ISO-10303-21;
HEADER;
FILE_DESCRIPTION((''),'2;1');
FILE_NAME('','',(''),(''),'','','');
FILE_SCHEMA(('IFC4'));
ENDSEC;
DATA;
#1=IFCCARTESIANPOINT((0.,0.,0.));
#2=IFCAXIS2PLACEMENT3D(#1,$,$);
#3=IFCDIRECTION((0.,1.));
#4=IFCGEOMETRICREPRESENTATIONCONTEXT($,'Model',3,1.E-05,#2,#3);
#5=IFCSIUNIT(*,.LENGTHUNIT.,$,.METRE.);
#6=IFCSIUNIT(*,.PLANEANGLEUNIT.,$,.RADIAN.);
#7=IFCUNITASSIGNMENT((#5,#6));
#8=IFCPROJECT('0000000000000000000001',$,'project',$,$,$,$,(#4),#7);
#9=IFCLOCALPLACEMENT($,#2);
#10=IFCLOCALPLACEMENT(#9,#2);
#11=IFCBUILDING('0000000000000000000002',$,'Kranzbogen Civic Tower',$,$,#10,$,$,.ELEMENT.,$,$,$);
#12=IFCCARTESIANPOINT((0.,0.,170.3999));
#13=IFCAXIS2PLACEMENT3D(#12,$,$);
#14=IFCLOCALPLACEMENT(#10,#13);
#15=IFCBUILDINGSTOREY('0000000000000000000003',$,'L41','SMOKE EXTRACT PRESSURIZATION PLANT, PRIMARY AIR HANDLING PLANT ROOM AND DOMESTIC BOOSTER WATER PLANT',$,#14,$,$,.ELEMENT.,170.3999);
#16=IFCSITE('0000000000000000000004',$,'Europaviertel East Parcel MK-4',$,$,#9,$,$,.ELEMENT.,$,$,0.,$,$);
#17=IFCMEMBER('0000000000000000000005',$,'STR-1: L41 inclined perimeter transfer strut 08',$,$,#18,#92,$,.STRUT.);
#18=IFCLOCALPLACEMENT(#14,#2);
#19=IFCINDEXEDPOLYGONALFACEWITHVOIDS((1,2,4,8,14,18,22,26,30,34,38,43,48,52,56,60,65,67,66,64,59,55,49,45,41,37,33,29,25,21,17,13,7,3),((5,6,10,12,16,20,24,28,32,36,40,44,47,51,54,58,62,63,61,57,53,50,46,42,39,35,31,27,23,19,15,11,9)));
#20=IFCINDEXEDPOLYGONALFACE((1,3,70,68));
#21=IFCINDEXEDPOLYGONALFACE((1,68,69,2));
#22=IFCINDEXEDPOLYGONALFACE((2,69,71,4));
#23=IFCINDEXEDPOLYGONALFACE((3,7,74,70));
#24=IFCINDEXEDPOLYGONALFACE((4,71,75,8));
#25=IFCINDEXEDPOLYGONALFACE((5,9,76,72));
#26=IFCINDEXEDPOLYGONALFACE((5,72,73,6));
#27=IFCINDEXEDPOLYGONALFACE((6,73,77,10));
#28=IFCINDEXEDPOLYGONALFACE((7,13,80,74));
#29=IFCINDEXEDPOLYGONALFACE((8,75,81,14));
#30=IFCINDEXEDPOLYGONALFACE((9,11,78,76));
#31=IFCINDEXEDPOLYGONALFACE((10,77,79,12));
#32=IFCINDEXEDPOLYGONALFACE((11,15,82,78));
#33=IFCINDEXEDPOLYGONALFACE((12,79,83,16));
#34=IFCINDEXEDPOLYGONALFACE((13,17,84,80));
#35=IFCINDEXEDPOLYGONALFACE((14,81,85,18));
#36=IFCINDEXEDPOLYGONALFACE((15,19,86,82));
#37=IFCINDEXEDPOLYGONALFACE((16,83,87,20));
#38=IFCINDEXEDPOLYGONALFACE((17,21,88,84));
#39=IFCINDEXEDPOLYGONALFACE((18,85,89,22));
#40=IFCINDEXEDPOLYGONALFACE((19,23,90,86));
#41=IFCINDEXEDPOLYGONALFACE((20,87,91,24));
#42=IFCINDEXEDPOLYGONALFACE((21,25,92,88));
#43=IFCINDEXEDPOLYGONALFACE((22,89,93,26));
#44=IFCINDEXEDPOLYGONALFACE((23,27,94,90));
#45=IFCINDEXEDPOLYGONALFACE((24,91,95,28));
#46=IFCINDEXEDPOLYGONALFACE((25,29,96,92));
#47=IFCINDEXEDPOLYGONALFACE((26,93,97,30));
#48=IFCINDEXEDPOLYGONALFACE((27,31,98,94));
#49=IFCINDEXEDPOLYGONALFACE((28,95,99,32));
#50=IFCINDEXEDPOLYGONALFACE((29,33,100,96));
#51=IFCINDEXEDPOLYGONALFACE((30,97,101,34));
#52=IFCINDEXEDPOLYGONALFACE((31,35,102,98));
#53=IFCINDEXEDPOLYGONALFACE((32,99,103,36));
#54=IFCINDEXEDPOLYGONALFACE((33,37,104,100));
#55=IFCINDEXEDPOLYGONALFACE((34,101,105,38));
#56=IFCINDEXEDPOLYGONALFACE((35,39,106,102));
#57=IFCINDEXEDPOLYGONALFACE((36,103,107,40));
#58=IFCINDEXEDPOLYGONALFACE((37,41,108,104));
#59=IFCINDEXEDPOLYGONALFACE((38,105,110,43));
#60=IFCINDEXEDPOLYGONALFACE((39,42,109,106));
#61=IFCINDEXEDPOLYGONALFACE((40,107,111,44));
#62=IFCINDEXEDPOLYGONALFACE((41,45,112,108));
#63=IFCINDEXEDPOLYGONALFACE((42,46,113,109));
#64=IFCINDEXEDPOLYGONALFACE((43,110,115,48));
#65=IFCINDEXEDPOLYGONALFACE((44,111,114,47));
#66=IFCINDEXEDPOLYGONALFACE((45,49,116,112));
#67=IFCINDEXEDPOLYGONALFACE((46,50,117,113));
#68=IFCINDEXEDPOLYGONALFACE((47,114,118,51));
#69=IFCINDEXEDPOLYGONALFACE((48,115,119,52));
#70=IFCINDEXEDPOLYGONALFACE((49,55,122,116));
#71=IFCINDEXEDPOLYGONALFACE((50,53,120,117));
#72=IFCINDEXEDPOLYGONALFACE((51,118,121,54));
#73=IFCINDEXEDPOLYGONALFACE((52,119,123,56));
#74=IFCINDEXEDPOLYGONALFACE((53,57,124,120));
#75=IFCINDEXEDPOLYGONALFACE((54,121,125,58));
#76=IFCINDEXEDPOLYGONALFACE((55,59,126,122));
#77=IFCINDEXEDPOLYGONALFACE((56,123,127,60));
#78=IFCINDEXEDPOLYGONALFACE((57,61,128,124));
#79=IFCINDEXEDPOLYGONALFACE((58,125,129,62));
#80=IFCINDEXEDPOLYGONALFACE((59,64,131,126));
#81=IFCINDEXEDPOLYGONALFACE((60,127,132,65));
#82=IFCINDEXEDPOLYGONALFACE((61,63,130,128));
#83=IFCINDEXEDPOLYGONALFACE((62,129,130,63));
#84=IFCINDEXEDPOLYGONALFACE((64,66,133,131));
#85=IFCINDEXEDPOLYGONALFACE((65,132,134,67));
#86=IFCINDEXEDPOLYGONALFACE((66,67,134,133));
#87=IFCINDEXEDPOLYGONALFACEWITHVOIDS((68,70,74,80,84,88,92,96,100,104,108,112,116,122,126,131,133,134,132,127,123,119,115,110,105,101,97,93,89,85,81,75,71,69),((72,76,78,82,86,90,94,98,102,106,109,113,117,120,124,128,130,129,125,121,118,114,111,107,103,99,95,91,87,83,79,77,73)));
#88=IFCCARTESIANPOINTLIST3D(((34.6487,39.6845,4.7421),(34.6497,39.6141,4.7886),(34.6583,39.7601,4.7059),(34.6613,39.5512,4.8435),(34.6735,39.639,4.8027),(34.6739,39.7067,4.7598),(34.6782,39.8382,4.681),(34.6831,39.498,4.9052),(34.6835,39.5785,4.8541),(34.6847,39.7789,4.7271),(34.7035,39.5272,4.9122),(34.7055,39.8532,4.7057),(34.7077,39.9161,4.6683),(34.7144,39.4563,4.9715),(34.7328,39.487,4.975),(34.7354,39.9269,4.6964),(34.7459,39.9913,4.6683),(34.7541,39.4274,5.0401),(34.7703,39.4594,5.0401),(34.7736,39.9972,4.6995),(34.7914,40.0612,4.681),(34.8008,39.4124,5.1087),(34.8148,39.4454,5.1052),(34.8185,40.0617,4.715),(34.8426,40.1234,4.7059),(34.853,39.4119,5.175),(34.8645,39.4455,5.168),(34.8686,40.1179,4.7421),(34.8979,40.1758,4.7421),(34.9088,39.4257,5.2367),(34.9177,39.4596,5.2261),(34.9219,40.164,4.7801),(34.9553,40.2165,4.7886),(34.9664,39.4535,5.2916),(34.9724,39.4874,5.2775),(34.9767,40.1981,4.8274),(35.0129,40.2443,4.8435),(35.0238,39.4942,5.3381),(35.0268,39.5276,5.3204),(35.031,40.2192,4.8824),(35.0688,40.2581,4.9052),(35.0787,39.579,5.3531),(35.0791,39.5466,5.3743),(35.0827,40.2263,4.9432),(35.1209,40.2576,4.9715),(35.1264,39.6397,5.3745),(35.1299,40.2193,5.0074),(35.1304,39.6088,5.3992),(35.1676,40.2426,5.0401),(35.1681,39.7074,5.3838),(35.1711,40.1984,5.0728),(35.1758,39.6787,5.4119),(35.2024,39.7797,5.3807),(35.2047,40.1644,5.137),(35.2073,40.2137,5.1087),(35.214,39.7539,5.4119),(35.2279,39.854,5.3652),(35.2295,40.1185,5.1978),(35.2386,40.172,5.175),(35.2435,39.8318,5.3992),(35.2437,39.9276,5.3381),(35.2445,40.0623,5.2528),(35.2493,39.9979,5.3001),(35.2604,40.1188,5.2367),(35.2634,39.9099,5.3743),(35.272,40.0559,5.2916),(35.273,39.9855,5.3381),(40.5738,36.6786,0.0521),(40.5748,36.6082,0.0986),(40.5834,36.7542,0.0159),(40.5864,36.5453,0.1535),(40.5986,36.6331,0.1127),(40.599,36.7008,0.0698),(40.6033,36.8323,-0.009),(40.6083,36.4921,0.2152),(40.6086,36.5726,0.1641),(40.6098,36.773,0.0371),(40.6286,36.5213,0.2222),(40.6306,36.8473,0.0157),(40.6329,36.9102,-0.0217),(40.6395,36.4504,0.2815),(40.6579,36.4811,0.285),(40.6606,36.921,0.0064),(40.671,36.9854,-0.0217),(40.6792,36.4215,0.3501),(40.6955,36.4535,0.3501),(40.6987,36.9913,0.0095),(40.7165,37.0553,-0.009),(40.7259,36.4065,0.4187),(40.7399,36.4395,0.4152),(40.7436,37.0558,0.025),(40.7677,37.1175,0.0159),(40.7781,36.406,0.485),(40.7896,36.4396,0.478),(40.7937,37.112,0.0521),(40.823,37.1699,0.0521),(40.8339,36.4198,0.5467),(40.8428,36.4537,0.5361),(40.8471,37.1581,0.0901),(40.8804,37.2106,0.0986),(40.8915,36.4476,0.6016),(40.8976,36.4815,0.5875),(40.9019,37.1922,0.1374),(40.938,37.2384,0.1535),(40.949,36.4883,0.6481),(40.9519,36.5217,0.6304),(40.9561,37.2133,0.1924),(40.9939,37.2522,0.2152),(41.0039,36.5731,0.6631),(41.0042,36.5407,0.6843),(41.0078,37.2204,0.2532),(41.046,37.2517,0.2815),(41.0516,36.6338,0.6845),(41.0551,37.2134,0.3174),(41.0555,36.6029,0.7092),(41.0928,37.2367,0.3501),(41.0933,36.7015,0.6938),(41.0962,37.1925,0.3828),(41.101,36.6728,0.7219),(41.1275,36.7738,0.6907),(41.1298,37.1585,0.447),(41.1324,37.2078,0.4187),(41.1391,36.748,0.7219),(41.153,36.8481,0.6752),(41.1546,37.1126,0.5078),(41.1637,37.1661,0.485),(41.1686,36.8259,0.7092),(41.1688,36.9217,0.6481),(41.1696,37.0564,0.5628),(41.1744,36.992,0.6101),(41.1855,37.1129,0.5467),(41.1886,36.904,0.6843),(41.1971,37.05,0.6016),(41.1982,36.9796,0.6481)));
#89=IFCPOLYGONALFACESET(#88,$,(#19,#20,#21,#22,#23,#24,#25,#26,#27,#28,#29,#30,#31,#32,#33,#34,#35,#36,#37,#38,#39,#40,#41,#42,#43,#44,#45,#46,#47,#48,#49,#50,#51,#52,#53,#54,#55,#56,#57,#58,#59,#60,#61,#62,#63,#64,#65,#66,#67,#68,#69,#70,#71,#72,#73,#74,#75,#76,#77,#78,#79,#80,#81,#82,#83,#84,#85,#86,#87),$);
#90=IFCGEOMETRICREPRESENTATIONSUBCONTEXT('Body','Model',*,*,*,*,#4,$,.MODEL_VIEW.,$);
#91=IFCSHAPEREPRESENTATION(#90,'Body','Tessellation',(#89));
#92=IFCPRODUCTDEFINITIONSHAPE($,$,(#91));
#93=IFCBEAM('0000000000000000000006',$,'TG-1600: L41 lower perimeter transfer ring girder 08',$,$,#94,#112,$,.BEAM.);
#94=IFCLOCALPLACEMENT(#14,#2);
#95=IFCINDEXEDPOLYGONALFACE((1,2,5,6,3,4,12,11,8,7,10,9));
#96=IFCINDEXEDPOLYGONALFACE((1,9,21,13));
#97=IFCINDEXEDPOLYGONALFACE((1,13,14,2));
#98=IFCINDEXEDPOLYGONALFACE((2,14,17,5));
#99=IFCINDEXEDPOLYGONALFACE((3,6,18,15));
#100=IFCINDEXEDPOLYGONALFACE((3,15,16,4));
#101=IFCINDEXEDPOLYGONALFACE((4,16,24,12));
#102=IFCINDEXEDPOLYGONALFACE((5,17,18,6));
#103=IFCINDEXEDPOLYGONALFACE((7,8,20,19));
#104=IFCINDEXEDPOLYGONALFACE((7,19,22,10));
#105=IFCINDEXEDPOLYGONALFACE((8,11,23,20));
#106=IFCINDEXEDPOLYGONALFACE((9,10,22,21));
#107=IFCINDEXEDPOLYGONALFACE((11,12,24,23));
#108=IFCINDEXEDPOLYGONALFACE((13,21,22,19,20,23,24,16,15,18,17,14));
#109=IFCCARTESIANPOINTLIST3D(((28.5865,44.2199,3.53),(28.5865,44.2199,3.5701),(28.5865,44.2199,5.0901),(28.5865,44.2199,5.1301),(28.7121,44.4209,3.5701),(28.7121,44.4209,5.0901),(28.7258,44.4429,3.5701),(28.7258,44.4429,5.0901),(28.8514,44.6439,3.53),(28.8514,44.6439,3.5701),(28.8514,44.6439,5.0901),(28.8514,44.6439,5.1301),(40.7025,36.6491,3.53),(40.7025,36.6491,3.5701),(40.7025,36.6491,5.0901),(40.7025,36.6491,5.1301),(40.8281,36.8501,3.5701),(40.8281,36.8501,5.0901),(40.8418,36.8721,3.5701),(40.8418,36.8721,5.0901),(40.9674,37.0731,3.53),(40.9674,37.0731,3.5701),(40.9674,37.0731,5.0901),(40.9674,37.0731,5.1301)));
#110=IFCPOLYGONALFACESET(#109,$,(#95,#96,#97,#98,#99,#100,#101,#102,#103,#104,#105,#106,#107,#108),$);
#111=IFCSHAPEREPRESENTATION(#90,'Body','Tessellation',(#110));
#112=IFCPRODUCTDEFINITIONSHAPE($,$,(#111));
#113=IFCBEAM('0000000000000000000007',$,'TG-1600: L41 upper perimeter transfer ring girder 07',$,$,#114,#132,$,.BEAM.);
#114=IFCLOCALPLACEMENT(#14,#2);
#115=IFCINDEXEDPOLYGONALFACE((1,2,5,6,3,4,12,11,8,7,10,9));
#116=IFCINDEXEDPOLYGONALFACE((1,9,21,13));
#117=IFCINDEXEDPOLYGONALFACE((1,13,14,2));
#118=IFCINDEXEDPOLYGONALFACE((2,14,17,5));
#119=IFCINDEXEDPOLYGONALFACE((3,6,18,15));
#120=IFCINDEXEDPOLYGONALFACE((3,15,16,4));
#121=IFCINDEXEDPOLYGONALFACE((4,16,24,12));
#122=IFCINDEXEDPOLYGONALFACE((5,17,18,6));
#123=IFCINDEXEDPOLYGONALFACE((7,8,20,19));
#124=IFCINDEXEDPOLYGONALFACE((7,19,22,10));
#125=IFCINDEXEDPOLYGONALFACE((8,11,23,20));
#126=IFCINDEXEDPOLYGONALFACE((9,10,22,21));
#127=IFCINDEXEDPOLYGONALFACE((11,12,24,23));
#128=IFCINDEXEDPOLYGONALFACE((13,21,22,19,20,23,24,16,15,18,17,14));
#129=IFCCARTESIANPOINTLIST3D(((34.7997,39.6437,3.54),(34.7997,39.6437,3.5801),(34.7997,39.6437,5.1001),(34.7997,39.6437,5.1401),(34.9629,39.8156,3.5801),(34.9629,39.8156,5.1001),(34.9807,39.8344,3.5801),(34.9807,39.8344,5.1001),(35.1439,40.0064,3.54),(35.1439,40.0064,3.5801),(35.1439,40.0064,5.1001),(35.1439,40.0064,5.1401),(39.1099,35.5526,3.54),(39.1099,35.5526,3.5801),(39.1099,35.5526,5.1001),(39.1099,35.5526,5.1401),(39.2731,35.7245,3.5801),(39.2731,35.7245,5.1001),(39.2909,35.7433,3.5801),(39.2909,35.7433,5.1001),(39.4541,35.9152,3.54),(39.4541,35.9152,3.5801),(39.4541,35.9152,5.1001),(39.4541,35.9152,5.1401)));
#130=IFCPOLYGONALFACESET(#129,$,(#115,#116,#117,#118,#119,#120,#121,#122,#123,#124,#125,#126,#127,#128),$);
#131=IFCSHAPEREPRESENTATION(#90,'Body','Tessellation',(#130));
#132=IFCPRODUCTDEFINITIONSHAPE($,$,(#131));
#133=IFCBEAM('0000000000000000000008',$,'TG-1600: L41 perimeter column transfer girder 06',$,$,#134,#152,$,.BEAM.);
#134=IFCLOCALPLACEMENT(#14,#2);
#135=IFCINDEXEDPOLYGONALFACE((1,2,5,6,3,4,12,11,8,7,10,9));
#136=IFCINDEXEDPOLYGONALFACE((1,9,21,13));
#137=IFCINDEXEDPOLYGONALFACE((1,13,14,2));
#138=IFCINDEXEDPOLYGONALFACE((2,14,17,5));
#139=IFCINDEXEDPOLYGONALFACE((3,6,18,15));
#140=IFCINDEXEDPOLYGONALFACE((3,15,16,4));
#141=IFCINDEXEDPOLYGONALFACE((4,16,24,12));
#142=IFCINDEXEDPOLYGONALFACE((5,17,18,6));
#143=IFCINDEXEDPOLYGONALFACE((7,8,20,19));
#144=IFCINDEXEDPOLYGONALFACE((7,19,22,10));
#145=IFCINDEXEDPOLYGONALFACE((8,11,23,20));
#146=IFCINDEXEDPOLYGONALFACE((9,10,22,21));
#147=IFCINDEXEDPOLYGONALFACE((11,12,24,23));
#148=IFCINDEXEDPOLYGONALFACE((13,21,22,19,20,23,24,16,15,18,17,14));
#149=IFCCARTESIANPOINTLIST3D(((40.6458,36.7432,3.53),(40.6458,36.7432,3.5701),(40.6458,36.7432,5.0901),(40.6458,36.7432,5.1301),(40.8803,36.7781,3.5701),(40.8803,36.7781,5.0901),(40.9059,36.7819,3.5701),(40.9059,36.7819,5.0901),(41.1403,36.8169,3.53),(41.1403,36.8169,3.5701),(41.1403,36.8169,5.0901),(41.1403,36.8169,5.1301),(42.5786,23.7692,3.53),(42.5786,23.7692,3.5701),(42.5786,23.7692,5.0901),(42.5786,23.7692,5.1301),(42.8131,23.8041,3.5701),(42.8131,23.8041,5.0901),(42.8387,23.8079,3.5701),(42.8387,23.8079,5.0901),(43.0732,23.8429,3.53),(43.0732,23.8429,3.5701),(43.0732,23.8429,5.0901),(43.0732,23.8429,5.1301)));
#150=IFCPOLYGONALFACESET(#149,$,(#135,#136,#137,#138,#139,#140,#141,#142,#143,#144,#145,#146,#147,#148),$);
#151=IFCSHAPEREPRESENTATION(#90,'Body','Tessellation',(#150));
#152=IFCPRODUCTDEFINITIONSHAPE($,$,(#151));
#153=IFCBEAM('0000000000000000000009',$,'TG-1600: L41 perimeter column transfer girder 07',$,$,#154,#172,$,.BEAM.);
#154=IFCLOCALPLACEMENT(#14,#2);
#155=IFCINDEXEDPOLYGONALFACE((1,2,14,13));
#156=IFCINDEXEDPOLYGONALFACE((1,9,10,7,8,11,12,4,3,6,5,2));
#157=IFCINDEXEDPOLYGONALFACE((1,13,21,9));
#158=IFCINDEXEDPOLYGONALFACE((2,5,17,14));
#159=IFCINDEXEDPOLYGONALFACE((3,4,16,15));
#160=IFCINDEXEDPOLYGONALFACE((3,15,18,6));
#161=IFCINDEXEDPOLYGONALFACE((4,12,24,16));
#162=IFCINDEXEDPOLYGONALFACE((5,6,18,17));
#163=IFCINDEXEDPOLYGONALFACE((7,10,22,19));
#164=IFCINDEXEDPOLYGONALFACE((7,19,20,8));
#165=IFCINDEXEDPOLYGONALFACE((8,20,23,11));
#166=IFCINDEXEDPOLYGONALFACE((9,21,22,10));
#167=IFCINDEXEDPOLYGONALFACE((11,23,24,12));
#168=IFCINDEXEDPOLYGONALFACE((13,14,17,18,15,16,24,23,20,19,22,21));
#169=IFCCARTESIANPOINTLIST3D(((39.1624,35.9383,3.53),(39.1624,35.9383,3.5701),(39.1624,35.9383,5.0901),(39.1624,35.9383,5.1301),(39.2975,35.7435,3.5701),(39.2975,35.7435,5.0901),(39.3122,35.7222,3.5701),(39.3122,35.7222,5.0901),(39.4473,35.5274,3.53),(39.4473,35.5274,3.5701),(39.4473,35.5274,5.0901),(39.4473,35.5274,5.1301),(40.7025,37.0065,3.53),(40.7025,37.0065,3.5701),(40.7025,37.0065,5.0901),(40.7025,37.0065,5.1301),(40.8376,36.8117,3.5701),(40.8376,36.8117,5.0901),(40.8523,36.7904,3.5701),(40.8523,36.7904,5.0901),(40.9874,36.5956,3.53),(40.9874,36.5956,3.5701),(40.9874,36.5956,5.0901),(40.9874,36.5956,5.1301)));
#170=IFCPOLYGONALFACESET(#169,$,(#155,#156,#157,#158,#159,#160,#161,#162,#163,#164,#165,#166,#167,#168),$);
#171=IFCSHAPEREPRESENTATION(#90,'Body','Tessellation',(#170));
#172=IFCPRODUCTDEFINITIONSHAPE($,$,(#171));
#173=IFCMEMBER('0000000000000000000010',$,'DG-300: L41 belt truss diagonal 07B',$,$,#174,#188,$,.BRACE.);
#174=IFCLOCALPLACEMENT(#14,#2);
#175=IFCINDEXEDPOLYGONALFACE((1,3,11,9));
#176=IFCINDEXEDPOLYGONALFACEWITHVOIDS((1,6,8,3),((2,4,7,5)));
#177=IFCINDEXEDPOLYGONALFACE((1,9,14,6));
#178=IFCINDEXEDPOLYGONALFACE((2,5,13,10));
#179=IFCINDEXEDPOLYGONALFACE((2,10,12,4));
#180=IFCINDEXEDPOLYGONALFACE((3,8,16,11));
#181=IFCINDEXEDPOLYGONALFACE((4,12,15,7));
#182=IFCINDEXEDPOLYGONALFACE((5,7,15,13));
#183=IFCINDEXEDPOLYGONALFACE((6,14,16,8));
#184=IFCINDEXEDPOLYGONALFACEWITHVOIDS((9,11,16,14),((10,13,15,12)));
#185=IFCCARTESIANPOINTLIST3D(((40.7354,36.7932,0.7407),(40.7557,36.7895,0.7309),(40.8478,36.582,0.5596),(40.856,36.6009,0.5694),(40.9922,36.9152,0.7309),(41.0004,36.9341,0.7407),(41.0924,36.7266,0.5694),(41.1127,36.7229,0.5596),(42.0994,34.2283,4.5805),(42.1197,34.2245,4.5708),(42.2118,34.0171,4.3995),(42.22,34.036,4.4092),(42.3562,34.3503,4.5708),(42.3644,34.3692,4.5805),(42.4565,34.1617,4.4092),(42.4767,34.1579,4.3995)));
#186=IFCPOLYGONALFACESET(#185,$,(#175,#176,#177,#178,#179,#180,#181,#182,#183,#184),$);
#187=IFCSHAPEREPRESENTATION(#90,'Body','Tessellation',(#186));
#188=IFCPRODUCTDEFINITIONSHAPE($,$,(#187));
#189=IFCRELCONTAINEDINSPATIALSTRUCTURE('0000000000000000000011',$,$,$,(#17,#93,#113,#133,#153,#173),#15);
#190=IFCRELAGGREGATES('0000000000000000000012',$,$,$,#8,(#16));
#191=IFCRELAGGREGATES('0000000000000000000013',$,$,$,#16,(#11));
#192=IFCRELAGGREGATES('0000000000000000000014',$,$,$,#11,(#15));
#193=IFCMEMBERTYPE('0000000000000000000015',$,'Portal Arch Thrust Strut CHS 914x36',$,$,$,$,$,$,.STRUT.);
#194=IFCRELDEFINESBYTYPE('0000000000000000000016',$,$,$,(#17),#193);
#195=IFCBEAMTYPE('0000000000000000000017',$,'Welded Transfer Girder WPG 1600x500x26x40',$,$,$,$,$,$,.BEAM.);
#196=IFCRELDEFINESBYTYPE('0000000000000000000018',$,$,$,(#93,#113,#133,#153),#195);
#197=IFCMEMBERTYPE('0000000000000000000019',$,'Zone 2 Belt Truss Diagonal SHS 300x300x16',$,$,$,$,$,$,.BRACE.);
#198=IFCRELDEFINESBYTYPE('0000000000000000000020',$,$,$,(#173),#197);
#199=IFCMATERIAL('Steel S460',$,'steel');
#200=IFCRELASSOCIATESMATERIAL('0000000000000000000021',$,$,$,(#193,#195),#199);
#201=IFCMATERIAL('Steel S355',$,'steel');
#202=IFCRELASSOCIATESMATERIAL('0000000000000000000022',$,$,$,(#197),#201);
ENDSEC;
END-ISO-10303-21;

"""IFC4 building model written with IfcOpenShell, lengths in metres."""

from ifc_helpers import new_model, si_unit, direction, frame, origin, origin_2d, place, context, subcontext, project, spatial, hollow_rectangle, hollow_circle, i_section, extrude, material, material_profile, profile_set, type_object, element, save


model = new_model("IFC4")

# Units and contexts
model_context = context("Model", 3, precision=1e-05, world=origin(), true_north=direction((0.0, 1.0)))
body_context = subcontext(model_context, "Body", "Model", "MODEL_VIEW")
ifc_project = project(units=[si_unit("LENGTHUNIT", "METRE"), si_unit("PLANEANGLEUNIT", "RADIAN")], contexts=[model_context])

# Site, building, storey
site_placement = place(None, origin())
site = spatial("IfcSite", under=ifc_project, at=site_placement, Name="Europaviertel East Parcel MK-4", CompositionType="ELEMENT", RefElevation=0.0)
building_placement = place(site_placement, origin())
building = spatial("IfcBuilding", under=site, at=building_placement, Name="Kranzbogen Civic Tower", CompositionType="ELEMENT")
storey_placement = place(building_placement, frame((0.0, 0.0, 170.3999)))
storey = spatial("IfcBuildingStorey", under=building, at=storey_placement, Name="L41", Description="SMOKE EXTRACT PRESSURIZATION PLANT, PRIMARY AIR HANDLING PLANT ROOM AND DOMESTIC BOOSTER WATER PLANT", CompositionType="ELEMENT", Elevation=170.3999)

# Shared definitions
ifc_material_1 = material(Name="Steel S355", Category="steel")

# Member
ifc_material_2 = material(Name="Steel S460", Category="steel")
ifc_material_profile_1 = material_profile(ifc_material_2, hollow_circle(Radius=0.457, WallThickness=0.0359, at=origin_2d()), Name="CHS 914x36")
ifc_profile_set_1 = profile_set([ifc_material_profile_1], Name="Steel S460")
member_type_1 = type_object("IfcMemberType", Name="Portal Arch Thrust Strut CHS 914x36", PredefinedType="STRUT", material=ifc_profile_set_1)
member_1_placement = place(storey_placement, frame((40.886, 36.8291, 0.3501), z_axis=(-0.728568, 0.369612, 0.576694), x_axis=(-0.452424, -0.891803, 0.0)))
element("IfcMember", 1, at=member_1_placement, inside=storey, type_object=member_type_1, Name="STR-1: L41 inclined perimeter transfer strut 08", PredefinedType="STRUT", context=body_context, shape_type="SweptSolid", body=[
    extrude(hollow_circle(Radius=0.457, WallThickness=0.0359, at=origin_2d()), origin(), (0.0, 0.0, 1.0), 8.1326),
])

# Beams
ifc_material_profile_2 = material_profile(ifc_material_2, i_section(OverallWidth=0.5, OverallDepth=1.6001, WebThickness=0.0259, FlangeThickness=0.04, at=origin_2d()), Name="WPG 1600x500x26x40")
ifc_profile_set_2 = profile_set([ifc_material_profile_2], Name="Steel S460")
beam_type = type_object("IfcBeamType", Name="Welded Transfer Girder WPG 1600x500x26x40", PredefinedType="BEAM", material=ifc_profile_set_2)
beam_1_placement = place(storey_placement, frame((40.835, 36.8611, 4.3301), z_axis=(-0.848051, 0.529914, 0.0), x_axis=(-0.529914, -0.848051, 0.0)))
element("IfcBeam", 2, at=beam_1_placement, inside=storey, type_object=beam_type, Name="TG-1600: L41 lower perimeter transfer ring girder 08", PredefinedType="BEAM", context=body_context, shape_type="SweptSolid", body=[
    extrude(i_section(OverallWidth=0.5, OverallDepth=1.6001, WebThickness=0.0259, FlangeThickness=0.04, at=origin_2d()), origin(), (0.0, 0.0, 1.0), 14.2869),
])
beam_2_placement = place(storey_placement, frame((39.282, 35.7339, 4.3401), z_axis=(-0.725293, 0.688441, 0.0), x_axis=(-0.688441, -0.725293, 0.0)))
element("IfcBeam", 3, at=beam_2_placement, inside=storey, type_object=beam_type, Name="TG-1600: L41 upper perimeter transfer ring girder 07", PredefinedType="BEAM", context=body_context, shape_type="SweptSolid", body=[
    extrude(i_section(OverallWidth=0.5, OverallDepth=1.6001, WebThickness=0.0259, FlangeThickness=0.04, at=origin_2d()), origin(), (0.0, 0.0, 1.0), 5.9426),
])
beam_3_placement = place(storey_placement, frame((40.8931, 36.78, 4.3301), z_axis=(0.147352, -0.989084, 0.0), x_axis=(0.989084, 0.147352, 0.0)))
element("IfcBeam", 4, at=beam_3_placement, inside=storey, type_object=beam_type, Name="TG-1600: L41 perimeter column transfer girder 06", PredefinedType="BEAM", context=body_context, shape_type="SweptSolid", body=[
    extrude(i_section(OverallWidth=0.5, OverallDepth=1.6001, WebThickness=0.0259, FlangeThickness=0.04, at=origin_2d()), origin(), (0.0, 0.0, 1.0), 13.1172),
])
beam_4_placement = place(storey_placement, frame((40.845, 36.801, 4.3301), z_axis=(-0.821709, -0.569907, 0.0), x_axis=(0.569907, -0.821709, 0.0)))
element("IfcBeam", 5, at=beam_4_placement, inside=storey, type_object=beam_type, Name="TG-1600: L41 perimeter column transfer girder 07", PredefinedType="BEAM", context=body_context, shape_type="SweptSolid", body=[
    extrude(i_section(OverallWidth=0.5, OverallDepth=1.6001, WebThickness=0.0259, FlangeThickness=0.04, at=origin_2d()), origin(), (0.0, 0.0, 1.0), 1.8743),
])

# Member
ifc_material_profile_3 = material_profile(ifc_material_1, hollow_rectangle(XDim=0.3, YDim=0.3, WallThickness=0.0161, at=origin_2d()), Name="SHS 300x300x16")
ifc_profile_set_3 = profile_set([ifc_material_profile_3], Name="Steel S355")
member_type_2 = type_object("IfcMemberType", Name="Zone 2 Belt Truss Diagonal SHS 300x300x16", PredefinedType="BRACE", material=ifc_profile_set_3)
member_2_placement = place(storey_placement, frame((40.9241, 36.7581, 0.6501), z_axis=(0.283286, -0.532702, 0.797482), x_axis=(0.882918, 0.469528, 0.0)))
element("IfcMember", 6, at=member_2_placement, inside=storey, type_object=member_type_2, Name="DG-300: L41 belt truss diagonal 07B", PredefinedType="BRACE", context=body_context, shape_type="SweptSolid", body=[
    extrude(hollow_rectangle(XDim=0.3, YDim=0.3, WallThickness=0.0161, at=origin_2d()), origin(), (0.0, 0.0, 1.0), 4.8149),
])

save(model, "model.ifc")
